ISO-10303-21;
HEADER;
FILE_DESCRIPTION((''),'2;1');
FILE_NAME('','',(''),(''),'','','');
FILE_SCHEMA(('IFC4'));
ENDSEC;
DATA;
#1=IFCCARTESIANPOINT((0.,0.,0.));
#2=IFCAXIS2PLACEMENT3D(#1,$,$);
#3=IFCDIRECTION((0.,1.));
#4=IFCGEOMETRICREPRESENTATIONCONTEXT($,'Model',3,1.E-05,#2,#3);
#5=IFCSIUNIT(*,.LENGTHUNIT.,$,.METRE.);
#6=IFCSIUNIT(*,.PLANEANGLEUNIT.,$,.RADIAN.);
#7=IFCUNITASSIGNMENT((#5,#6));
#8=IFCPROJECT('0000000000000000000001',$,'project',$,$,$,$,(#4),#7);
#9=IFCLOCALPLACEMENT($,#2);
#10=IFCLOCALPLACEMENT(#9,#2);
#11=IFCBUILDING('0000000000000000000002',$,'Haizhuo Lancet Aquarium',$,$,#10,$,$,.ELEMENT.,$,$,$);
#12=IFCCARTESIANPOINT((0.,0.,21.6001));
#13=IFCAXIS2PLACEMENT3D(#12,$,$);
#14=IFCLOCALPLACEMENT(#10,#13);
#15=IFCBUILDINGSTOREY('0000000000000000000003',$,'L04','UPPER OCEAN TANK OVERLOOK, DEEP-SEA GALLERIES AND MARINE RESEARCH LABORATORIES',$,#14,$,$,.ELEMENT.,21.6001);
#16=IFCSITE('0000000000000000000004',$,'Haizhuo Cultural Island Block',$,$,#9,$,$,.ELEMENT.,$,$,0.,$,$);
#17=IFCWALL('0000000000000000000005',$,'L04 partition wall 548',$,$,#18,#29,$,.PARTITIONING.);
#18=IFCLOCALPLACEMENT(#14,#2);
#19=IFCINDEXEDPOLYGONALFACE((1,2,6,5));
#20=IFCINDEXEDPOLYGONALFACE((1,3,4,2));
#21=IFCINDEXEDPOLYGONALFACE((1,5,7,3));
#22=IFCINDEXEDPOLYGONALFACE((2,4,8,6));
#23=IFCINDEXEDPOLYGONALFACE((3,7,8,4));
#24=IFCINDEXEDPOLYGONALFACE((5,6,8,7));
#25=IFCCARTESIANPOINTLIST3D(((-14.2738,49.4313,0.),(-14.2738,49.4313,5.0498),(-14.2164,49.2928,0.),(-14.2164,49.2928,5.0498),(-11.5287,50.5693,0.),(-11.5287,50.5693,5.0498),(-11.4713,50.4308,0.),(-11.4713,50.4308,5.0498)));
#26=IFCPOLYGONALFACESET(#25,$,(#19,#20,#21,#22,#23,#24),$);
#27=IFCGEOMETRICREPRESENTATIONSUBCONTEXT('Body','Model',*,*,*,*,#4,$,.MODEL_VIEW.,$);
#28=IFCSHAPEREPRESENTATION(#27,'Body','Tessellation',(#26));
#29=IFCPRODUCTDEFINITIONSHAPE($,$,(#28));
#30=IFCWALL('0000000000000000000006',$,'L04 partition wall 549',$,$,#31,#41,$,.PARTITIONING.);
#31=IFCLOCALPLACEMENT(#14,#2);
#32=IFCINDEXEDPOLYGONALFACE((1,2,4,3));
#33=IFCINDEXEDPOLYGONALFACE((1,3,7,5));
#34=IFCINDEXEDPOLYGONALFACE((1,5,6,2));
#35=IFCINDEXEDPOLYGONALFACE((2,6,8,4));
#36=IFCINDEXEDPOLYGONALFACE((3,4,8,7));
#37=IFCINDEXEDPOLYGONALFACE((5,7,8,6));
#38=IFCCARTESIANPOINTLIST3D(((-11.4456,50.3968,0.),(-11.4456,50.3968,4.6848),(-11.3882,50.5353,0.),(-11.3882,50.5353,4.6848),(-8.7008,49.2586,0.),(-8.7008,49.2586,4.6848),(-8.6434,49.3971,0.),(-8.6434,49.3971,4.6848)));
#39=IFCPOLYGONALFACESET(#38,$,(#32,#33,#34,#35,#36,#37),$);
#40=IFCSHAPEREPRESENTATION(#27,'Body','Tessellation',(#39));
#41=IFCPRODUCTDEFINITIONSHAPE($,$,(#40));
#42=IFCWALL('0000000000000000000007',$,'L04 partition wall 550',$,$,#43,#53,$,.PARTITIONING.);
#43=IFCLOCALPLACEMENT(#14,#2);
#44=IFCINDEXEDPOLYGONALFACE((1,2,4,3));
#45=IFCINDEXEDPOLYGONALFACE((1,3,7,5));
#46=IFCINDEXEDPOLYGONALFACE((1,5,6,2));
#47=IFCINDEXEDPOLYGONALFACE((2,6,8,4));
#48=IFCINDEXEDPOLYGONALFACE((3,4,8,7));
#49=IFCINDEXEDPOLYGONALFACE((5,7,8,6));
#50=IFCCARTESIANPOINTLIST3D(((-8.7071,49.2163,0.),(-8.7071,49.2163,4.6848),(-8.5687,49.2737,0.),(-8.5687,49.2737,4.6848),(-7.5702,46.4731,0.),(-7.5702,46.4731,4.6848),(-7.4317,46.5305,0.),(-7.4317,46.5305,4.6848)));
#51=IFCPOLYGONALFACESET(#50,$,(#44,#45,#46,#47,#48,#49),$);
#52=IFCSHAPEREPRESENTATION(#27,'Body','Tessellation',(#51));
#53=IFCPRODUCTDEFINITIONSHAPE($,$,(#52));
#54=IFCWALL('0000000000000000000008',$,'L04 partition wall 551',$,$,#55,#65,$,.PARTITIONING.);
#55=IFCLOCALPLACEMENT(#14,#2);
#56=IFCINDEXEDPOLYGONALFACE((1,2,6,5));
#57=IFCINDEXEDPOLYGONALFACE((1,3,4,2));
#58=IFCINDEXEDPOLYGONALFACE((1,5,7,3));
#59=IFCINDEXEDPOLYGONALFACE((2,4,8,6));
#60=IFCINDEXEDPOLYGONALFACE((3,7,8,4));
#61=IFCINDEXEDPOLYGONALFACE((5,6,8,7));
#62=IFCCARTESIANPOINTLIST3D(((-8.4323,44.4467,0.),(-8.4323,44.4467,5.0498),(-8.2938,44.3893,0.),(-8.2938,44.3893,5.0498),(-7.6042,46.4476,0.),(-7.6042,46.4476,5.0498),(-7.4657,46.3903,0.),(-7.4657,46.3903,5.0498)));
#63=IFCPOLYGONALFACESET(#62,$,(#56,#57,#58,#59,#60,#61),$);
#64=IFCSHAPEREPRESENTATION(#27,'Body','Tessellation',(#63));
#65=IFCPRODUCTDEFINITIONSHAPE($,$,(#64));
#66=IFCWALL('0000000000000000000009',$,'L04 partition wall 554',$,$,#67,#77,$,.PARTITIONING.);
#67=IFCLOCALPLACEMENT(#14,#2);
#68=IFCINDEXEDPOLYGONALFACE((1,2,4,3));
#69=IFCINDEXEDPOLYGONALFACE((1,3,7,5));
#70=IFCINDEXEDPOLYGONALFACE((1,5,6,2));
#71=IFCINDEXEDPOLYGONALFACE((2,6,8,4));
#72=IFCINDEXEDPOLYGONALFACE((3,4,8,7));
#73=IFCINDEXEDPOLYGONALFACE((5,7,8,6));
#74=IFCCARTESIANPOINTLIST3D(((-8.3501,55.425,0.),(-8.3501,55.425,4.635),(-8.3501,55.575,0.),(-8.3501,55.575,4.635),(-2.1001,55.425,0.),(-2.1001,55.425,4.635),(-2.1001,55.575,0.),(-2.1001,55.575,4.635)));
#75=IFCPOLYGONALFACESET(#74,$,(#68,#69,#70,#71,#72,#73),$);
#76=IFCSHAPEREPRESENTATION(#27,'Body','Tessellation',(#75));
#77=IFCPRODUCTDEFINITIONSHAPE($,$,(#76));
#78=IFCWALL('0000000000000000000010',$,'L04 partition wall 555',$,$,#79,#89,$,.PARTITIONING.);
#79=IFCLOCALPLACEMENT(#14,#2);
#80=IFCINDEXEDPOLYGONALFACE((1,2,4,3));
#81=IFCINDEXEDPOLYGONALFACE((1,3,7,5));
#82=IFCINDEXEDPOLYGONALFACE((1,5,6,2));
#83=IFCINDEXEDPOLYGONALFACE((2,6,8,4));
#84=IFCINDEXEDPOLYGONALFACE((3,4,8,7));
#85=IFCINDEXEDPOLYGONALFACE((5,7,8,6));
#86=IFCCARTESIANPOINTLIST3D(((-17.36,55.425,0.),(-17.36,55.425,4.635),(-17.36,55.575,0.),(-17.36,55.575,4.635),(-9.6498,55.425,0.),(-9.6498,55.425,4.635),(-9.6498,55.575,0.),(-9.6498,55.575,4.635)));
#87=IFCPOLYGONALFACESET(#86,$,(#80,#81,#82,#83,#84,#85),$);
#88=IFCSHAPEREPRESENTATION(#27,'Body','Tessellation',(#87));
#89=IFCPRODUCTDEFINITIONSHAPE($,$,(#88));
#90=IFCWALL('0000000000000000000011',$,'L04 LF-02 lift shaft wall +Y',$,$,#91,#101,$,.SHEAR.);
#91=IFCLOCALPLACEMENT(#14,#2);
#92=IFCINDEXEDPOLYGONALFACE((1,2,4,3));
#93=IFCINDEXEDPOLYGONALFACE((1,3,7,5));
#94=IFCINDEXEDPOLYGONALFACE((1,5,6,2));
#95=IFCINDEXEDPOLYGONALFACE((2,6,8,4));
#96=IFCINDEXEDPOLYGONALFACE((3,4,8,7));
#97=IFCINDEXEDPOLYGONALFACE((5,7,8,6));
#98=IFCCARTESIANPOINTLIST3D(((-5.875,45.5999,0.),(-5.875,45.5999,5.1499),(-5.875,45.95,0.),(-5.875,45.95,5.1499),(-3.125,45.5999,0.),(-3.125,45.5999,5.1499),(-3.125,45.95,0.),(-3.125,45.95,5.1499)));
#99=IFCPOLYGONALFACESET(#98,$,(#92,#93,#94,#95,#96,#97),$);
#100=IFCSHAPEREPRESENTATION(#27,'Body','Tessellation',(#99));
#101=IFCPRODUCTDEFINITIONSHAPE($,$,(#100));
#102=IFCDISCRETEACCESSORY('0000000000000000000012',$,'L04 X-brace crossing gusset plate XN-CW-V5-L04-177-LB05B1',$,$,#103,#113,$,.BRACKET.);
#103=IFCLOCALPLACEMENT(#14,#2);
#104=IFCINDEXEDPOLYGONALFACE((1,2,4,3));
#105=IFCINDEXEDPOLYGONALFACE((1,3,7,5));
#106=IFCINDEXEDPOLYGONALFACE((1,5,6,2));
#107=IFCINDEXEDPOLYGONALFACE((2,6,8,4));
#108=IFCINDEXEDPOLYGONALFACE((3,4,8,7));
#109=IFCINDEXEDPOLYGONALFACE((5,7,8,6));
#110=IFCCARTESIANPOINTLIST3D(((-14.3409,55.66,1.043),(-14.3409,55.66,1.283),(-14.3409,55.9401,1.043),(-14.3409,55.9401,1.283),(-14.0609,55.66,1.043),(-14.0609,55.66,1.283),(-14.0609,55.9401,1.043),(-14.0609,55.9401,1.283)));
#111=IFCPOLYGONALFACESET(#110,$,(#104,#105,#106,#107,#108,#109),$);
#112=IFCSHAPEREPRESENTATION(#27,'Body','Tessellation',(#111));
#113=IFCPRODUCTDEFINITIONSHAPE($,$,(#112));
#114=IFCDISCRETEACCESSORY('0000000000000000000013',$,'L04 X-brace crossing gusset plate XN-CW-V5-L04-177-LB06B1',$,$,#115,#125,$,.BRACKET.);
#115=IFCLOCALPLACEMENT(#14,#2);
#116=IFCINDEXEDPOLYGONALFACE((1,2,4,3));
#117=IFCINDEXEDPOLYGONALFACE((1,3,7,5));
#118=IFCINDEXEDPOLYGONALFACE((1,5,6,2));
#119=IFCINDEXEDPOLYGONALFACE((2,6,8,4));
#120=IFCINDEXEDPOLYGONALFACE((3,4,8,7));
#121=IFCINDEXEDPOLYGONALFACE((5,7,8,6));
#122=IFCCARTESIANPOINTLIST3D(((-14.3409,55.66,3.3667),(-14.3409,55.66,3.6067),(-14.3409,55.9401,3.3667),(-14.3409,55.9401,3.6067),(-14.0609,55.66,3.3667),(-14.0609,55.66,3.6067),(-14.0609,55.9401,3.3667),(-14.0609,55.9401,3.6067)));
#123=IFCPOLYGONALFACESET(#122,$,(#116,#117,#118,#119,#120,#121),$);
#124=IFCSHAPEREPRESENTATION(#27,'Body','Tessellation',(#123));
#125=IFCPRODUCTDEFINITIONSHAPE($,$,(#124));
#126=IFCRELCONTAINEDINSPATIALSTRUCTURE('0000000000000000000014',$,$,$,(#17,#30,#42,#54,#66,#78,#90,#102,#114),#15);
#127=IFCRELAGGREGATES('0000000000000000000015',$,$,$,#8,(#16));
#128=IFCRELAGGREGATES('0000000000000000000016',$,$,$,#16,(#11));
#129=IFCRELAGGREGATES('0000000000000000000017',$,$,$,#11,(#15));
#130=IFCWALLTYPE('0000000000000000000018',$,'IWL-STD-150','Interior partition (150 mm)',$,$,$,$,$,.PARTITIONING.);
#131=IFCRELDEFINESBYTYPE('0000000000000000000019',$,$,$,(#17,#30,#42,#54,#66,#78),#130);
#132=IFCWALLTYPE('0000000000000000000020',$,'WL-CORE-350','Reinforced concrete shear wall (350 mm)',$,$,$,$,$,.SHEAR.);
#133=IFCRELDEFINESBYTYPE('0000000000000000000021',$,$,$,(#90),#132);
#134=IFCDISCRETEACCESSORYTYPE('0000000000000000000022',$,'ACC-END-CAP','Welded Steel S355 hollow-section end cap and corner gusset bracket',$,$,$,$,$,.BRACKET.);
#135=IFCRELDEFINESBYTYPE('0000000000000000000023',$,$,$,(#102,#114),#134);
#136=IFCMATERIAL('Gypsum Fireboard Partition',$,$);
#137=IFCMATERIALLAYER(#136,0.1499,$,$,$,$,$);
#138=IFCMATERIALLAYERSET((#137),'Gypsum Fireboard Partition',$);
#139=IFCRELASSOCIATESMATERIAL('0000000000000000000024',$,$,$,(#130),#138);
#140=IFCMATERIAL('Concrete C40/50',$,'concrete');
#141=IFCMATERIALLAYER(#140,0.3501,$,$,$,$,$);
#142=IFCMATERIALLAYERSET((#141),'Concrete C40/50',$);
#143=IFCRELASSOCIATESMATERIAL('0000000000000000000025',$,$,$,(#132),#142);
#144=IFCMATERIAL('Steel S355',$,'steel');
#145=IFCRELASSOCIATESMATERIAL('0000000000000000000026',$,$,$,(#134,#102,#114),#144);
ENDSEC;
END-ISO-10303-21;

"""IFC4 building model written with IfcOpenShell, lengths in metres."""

from ifc_helpers import new_model, si_unit, direction, frame, frame_2d, origin, origin_2d, place, context, subcontext, project, spatial, rectangle, extrude, material, layer, layer_set, type_object, element, save


model = new_model("IFC4")

# Units and contexts
model_context = context("Model", 3, precision=1e-05, world=origin(), true_north=direction((0.0, 1.0)))
body_context = subcontext(model_context, "Body", "Model", "MODEL_VIEW")
ifc_project = project(units=[si_unit("LENGTHUNIT", "METRE"), si_unit("PLANEANGLEUNIT", "RADIAN")], contexts=[model_context])

# Site, building, storey
site_placement = place(None, origin())
site = spatial("IfcSite", under=ifc_project, at=site_placement, Name="Haizhuo Cultural Island Block", CompositionType="ELEMENT", RefElevation=0.0)
building_placement = place(site_placement, origin())
building = spatial("IfcBuilding", under=site, at=building_placement, Name="Haizhuo Lancet Aquarium", CompositionType="ELEMENT")
storey_placement = place(building_placement, frame((0.0, 0.0, 21.6001)))
storey = spatial("IfcBuildingStorey", under=building, at=storey_placement, Name="L04", Description="UPPER OCEAN TANK OVERLOOK, DEEP-SEA GALLERIES AND MARINE RESEARCH LABORATORIES", CompositionType="ELEMENT", Elevation=21.6001)

# Shared definitions
ifc_material_1 = material(Name="Concrete C40/50", Category="concrete")

# Shared definitions
ifc_material_2 = material(Name="Steel S355", Category="steel")

# Walls
ifc_material_3 = material(Name="Gypsum Fireboard Partition")
ifc_layer_1 = layer(ifc_material_3, 0.1499)
ifc_layer_set_1 = layer_set([ifc_layer_1], Name="Gypsum Fireboard Partition")
wall_type_1 = type_object("IfcWallType", Name="IWL-STD-150", Description="Interior partition (150 mm)", PredefinedType="PARTITIONING", material=ifc_layer_set_1)
wall_1_placement = place(storey_placement, frame((-14.2451, 49.3621, 0.0), z_axis=(0.0, 0.0, 1.0), x_axis=(0.923775, 0.382935, 0.0)))
element("IfcWall", 1, at=wall_1_placement, inside=storey, type_object=wall_type_1, Name="L04 partition wall 548", PredefinedType="PARTITIONING", context=body_context, shape_type="SweptSolid", body=[
    extrude(rectangle(XDim=2.9717, YDim=0.1499, at=frame_2d((1.4858, 0.0))), origin(), (0.0, 0.0, 1.0), 5.0498),
])
wall_2_placement = place(storey_placement, frame((-11.417, 50.4661, 0.0), z_axis=(0.0, 0.0, 1.0), x_axis=(0.923734, -0.383034, 0.0)))
element("IfcWall", 2, at=wall_2_placement, inside=storey, type_object=wall_type_1, Name="L04 partition wall 549", PredefinedType="PARTITIONING", context=body_context, shape_type="SweptSolid", body=[
    extrude(rectangle(XDim=2.9714, YDim=0.1499, at=frame_2d((1.4858, 0.0))), origin(), (0.0, 0.0, 1.0), 4.6848),
])
wall_3_placement = place(storey_placement, frame((-8.6379, 49.2451, 0.0), z_axis=(0.0, 0.0, 1.0), x_axis=(0.382887, -0.923795, 0.0)))
element("IfcWall", 3, at=wall_3_placement, inside=storey, type_object=wall_type_1, Name="L04 partition wall 550", PredefinedType="PARTITIONING", context=body_context, shape_type="SweptSolid", body=[
    extrude(rectangle(XDim=2.9695, YDim=0.1499, at=frame_2d((1.4849, 0.0))), origin(), (0.0, 0.0, 1.0), 4.6848),
])
wall_4_placement = place(storey_placement, frame((-7.5349, 46.4189, 0.0), z_axis=(0.0, 0.0, 1.0), x_axis=(-0.382405, -0.923995, 0.0)))
element("IfcWall", 4, at=wall_4_placement, inside=storey, type_object=wall_type_1, Name="L04 partition wall 551", PredefinedType="PARTITIONING", context=body_context, shape_type="SweptSolid", body=[
    extrude(rectangle(XDim=2.1655, YDim=0.1499, at=frame_2d((1.0828, 0.0))), origin(), (0.0, 0.0, 1.0), 5.0498),
])
wall_5_placement = place(storey_placement, frame((-2.1001, 55.5, 0.0), z_axis=(0.0, 0.0, 1.0), x_axis=(-1.0, 0.0, 0.0)))
element("IfcWall", 5, at=wall_5_placement, inside=storey, type_object=wall_type_1, Name="L04 partition wall 554", PredefinedType="PARTITIONING", context=body_context, shape_type="SweptSolid", body=[
    extrude(rectangle(XDim=6.25, YDim=0.1499, at=frame_2d((3.125, 0.0))), origin(), (0.0, 0.0, 1.0), 4.635),
])
wall_6_placement = place(storey_placement, frame((-9.6499, 55.5, 0.0), z_axis=(0.0, 0.0, 1.0), x_axis=(-1.0, 0.0, 0.0)))
element("IfcWall", 6, at=wall_6_placement, inside=storey, type_object=wall_type_1, Name="L04 partition wall 555", PredefinedType="PARTITIONING", context=body_context, shape_type="SweptSolid", body=[
    extrude(rectangle(XDim=7.7102, YDim=0.1499, at=frame_2d((3.855, 0.0))), origin(), (0.0, 0.0, 1.0), 4.635),
])
ifc_layer_2 = layer(ifc_material_1, 0.3501)
ifc_layer_set_2 = layer_set([ifc_layer_2], Name="Concrete C40/50")
wall_type_2 = type_object("IfcWallType", Name="WL-CORE-350", Description="Reinforced concrete shear wall (350 mm)", PredefinedType="SHEAR", material=ifc_layer_set_2)
wall_7_placement = place(storey_placement, frame((-3.125, 45.7749, 0.0), z_axis=(0.0, 0.0, 1.0), x_axis=(-1.0, 0.0, 0.0)))
element("IfcWall", 7, at=wall_7_placement, inside=storey, type_object=wall_type_2, Name="L04 LF-02 lift shaft wall +Y", PredefinedType="SHEAR", context=body_context, shape_type="SweptSolid", body=[
    extrude(rectangle(XDim=2.75, YDim=0.3501, at=frame_2d((1.375, 0.0))), origin(), (0.0, 0.0, 1.0), 5.1499),
])

# Discrete accessories
discrete_accessory_type = type_object("IfcDiscreteAccessoryType", Name="ACC-END-CAP", Description="Welded Steel S355 hollow-section end cap and corner gusset bracket", PredefinedType="BRACKET", material=ifc_material_2)
for number, where, z_axis, x_axis, name in (
    (8, (-14.2009, 55.8, 1.043), (0.0, 0.0, 1.0), (1.0, 0.0, 0.0), "L04 X-brace crossing gusset plate XN-CW-V5-L04-177-LB05B1"),
    (9, (-14.2009, 55.8, 3.3667), (0.0, 0.0, 1.0), (1.0, 0.0, 0.0), "L04 X-brace crossing gusset plate XN-CW-V5-L04-177-LB06B1"),
):
    element("IfcDiscreteAccessory", number, at=place(storey_placement, frame(where, z_axis=z_axis, x_axis=x_axis)), inside=storey, type_object=discrete_accessory_type, material=ifc_material_2, Name=name, PredefinedType="BRACKET", context=body_context, shape_type="SweptSolid", body=[
        extrude(rectangle(XDim=0.28, YDim=0.28, at=origin_2d()), origin(), (0.0, 0.0, 1.0), 0.24),
    ])

save(model, "model.ifc")
